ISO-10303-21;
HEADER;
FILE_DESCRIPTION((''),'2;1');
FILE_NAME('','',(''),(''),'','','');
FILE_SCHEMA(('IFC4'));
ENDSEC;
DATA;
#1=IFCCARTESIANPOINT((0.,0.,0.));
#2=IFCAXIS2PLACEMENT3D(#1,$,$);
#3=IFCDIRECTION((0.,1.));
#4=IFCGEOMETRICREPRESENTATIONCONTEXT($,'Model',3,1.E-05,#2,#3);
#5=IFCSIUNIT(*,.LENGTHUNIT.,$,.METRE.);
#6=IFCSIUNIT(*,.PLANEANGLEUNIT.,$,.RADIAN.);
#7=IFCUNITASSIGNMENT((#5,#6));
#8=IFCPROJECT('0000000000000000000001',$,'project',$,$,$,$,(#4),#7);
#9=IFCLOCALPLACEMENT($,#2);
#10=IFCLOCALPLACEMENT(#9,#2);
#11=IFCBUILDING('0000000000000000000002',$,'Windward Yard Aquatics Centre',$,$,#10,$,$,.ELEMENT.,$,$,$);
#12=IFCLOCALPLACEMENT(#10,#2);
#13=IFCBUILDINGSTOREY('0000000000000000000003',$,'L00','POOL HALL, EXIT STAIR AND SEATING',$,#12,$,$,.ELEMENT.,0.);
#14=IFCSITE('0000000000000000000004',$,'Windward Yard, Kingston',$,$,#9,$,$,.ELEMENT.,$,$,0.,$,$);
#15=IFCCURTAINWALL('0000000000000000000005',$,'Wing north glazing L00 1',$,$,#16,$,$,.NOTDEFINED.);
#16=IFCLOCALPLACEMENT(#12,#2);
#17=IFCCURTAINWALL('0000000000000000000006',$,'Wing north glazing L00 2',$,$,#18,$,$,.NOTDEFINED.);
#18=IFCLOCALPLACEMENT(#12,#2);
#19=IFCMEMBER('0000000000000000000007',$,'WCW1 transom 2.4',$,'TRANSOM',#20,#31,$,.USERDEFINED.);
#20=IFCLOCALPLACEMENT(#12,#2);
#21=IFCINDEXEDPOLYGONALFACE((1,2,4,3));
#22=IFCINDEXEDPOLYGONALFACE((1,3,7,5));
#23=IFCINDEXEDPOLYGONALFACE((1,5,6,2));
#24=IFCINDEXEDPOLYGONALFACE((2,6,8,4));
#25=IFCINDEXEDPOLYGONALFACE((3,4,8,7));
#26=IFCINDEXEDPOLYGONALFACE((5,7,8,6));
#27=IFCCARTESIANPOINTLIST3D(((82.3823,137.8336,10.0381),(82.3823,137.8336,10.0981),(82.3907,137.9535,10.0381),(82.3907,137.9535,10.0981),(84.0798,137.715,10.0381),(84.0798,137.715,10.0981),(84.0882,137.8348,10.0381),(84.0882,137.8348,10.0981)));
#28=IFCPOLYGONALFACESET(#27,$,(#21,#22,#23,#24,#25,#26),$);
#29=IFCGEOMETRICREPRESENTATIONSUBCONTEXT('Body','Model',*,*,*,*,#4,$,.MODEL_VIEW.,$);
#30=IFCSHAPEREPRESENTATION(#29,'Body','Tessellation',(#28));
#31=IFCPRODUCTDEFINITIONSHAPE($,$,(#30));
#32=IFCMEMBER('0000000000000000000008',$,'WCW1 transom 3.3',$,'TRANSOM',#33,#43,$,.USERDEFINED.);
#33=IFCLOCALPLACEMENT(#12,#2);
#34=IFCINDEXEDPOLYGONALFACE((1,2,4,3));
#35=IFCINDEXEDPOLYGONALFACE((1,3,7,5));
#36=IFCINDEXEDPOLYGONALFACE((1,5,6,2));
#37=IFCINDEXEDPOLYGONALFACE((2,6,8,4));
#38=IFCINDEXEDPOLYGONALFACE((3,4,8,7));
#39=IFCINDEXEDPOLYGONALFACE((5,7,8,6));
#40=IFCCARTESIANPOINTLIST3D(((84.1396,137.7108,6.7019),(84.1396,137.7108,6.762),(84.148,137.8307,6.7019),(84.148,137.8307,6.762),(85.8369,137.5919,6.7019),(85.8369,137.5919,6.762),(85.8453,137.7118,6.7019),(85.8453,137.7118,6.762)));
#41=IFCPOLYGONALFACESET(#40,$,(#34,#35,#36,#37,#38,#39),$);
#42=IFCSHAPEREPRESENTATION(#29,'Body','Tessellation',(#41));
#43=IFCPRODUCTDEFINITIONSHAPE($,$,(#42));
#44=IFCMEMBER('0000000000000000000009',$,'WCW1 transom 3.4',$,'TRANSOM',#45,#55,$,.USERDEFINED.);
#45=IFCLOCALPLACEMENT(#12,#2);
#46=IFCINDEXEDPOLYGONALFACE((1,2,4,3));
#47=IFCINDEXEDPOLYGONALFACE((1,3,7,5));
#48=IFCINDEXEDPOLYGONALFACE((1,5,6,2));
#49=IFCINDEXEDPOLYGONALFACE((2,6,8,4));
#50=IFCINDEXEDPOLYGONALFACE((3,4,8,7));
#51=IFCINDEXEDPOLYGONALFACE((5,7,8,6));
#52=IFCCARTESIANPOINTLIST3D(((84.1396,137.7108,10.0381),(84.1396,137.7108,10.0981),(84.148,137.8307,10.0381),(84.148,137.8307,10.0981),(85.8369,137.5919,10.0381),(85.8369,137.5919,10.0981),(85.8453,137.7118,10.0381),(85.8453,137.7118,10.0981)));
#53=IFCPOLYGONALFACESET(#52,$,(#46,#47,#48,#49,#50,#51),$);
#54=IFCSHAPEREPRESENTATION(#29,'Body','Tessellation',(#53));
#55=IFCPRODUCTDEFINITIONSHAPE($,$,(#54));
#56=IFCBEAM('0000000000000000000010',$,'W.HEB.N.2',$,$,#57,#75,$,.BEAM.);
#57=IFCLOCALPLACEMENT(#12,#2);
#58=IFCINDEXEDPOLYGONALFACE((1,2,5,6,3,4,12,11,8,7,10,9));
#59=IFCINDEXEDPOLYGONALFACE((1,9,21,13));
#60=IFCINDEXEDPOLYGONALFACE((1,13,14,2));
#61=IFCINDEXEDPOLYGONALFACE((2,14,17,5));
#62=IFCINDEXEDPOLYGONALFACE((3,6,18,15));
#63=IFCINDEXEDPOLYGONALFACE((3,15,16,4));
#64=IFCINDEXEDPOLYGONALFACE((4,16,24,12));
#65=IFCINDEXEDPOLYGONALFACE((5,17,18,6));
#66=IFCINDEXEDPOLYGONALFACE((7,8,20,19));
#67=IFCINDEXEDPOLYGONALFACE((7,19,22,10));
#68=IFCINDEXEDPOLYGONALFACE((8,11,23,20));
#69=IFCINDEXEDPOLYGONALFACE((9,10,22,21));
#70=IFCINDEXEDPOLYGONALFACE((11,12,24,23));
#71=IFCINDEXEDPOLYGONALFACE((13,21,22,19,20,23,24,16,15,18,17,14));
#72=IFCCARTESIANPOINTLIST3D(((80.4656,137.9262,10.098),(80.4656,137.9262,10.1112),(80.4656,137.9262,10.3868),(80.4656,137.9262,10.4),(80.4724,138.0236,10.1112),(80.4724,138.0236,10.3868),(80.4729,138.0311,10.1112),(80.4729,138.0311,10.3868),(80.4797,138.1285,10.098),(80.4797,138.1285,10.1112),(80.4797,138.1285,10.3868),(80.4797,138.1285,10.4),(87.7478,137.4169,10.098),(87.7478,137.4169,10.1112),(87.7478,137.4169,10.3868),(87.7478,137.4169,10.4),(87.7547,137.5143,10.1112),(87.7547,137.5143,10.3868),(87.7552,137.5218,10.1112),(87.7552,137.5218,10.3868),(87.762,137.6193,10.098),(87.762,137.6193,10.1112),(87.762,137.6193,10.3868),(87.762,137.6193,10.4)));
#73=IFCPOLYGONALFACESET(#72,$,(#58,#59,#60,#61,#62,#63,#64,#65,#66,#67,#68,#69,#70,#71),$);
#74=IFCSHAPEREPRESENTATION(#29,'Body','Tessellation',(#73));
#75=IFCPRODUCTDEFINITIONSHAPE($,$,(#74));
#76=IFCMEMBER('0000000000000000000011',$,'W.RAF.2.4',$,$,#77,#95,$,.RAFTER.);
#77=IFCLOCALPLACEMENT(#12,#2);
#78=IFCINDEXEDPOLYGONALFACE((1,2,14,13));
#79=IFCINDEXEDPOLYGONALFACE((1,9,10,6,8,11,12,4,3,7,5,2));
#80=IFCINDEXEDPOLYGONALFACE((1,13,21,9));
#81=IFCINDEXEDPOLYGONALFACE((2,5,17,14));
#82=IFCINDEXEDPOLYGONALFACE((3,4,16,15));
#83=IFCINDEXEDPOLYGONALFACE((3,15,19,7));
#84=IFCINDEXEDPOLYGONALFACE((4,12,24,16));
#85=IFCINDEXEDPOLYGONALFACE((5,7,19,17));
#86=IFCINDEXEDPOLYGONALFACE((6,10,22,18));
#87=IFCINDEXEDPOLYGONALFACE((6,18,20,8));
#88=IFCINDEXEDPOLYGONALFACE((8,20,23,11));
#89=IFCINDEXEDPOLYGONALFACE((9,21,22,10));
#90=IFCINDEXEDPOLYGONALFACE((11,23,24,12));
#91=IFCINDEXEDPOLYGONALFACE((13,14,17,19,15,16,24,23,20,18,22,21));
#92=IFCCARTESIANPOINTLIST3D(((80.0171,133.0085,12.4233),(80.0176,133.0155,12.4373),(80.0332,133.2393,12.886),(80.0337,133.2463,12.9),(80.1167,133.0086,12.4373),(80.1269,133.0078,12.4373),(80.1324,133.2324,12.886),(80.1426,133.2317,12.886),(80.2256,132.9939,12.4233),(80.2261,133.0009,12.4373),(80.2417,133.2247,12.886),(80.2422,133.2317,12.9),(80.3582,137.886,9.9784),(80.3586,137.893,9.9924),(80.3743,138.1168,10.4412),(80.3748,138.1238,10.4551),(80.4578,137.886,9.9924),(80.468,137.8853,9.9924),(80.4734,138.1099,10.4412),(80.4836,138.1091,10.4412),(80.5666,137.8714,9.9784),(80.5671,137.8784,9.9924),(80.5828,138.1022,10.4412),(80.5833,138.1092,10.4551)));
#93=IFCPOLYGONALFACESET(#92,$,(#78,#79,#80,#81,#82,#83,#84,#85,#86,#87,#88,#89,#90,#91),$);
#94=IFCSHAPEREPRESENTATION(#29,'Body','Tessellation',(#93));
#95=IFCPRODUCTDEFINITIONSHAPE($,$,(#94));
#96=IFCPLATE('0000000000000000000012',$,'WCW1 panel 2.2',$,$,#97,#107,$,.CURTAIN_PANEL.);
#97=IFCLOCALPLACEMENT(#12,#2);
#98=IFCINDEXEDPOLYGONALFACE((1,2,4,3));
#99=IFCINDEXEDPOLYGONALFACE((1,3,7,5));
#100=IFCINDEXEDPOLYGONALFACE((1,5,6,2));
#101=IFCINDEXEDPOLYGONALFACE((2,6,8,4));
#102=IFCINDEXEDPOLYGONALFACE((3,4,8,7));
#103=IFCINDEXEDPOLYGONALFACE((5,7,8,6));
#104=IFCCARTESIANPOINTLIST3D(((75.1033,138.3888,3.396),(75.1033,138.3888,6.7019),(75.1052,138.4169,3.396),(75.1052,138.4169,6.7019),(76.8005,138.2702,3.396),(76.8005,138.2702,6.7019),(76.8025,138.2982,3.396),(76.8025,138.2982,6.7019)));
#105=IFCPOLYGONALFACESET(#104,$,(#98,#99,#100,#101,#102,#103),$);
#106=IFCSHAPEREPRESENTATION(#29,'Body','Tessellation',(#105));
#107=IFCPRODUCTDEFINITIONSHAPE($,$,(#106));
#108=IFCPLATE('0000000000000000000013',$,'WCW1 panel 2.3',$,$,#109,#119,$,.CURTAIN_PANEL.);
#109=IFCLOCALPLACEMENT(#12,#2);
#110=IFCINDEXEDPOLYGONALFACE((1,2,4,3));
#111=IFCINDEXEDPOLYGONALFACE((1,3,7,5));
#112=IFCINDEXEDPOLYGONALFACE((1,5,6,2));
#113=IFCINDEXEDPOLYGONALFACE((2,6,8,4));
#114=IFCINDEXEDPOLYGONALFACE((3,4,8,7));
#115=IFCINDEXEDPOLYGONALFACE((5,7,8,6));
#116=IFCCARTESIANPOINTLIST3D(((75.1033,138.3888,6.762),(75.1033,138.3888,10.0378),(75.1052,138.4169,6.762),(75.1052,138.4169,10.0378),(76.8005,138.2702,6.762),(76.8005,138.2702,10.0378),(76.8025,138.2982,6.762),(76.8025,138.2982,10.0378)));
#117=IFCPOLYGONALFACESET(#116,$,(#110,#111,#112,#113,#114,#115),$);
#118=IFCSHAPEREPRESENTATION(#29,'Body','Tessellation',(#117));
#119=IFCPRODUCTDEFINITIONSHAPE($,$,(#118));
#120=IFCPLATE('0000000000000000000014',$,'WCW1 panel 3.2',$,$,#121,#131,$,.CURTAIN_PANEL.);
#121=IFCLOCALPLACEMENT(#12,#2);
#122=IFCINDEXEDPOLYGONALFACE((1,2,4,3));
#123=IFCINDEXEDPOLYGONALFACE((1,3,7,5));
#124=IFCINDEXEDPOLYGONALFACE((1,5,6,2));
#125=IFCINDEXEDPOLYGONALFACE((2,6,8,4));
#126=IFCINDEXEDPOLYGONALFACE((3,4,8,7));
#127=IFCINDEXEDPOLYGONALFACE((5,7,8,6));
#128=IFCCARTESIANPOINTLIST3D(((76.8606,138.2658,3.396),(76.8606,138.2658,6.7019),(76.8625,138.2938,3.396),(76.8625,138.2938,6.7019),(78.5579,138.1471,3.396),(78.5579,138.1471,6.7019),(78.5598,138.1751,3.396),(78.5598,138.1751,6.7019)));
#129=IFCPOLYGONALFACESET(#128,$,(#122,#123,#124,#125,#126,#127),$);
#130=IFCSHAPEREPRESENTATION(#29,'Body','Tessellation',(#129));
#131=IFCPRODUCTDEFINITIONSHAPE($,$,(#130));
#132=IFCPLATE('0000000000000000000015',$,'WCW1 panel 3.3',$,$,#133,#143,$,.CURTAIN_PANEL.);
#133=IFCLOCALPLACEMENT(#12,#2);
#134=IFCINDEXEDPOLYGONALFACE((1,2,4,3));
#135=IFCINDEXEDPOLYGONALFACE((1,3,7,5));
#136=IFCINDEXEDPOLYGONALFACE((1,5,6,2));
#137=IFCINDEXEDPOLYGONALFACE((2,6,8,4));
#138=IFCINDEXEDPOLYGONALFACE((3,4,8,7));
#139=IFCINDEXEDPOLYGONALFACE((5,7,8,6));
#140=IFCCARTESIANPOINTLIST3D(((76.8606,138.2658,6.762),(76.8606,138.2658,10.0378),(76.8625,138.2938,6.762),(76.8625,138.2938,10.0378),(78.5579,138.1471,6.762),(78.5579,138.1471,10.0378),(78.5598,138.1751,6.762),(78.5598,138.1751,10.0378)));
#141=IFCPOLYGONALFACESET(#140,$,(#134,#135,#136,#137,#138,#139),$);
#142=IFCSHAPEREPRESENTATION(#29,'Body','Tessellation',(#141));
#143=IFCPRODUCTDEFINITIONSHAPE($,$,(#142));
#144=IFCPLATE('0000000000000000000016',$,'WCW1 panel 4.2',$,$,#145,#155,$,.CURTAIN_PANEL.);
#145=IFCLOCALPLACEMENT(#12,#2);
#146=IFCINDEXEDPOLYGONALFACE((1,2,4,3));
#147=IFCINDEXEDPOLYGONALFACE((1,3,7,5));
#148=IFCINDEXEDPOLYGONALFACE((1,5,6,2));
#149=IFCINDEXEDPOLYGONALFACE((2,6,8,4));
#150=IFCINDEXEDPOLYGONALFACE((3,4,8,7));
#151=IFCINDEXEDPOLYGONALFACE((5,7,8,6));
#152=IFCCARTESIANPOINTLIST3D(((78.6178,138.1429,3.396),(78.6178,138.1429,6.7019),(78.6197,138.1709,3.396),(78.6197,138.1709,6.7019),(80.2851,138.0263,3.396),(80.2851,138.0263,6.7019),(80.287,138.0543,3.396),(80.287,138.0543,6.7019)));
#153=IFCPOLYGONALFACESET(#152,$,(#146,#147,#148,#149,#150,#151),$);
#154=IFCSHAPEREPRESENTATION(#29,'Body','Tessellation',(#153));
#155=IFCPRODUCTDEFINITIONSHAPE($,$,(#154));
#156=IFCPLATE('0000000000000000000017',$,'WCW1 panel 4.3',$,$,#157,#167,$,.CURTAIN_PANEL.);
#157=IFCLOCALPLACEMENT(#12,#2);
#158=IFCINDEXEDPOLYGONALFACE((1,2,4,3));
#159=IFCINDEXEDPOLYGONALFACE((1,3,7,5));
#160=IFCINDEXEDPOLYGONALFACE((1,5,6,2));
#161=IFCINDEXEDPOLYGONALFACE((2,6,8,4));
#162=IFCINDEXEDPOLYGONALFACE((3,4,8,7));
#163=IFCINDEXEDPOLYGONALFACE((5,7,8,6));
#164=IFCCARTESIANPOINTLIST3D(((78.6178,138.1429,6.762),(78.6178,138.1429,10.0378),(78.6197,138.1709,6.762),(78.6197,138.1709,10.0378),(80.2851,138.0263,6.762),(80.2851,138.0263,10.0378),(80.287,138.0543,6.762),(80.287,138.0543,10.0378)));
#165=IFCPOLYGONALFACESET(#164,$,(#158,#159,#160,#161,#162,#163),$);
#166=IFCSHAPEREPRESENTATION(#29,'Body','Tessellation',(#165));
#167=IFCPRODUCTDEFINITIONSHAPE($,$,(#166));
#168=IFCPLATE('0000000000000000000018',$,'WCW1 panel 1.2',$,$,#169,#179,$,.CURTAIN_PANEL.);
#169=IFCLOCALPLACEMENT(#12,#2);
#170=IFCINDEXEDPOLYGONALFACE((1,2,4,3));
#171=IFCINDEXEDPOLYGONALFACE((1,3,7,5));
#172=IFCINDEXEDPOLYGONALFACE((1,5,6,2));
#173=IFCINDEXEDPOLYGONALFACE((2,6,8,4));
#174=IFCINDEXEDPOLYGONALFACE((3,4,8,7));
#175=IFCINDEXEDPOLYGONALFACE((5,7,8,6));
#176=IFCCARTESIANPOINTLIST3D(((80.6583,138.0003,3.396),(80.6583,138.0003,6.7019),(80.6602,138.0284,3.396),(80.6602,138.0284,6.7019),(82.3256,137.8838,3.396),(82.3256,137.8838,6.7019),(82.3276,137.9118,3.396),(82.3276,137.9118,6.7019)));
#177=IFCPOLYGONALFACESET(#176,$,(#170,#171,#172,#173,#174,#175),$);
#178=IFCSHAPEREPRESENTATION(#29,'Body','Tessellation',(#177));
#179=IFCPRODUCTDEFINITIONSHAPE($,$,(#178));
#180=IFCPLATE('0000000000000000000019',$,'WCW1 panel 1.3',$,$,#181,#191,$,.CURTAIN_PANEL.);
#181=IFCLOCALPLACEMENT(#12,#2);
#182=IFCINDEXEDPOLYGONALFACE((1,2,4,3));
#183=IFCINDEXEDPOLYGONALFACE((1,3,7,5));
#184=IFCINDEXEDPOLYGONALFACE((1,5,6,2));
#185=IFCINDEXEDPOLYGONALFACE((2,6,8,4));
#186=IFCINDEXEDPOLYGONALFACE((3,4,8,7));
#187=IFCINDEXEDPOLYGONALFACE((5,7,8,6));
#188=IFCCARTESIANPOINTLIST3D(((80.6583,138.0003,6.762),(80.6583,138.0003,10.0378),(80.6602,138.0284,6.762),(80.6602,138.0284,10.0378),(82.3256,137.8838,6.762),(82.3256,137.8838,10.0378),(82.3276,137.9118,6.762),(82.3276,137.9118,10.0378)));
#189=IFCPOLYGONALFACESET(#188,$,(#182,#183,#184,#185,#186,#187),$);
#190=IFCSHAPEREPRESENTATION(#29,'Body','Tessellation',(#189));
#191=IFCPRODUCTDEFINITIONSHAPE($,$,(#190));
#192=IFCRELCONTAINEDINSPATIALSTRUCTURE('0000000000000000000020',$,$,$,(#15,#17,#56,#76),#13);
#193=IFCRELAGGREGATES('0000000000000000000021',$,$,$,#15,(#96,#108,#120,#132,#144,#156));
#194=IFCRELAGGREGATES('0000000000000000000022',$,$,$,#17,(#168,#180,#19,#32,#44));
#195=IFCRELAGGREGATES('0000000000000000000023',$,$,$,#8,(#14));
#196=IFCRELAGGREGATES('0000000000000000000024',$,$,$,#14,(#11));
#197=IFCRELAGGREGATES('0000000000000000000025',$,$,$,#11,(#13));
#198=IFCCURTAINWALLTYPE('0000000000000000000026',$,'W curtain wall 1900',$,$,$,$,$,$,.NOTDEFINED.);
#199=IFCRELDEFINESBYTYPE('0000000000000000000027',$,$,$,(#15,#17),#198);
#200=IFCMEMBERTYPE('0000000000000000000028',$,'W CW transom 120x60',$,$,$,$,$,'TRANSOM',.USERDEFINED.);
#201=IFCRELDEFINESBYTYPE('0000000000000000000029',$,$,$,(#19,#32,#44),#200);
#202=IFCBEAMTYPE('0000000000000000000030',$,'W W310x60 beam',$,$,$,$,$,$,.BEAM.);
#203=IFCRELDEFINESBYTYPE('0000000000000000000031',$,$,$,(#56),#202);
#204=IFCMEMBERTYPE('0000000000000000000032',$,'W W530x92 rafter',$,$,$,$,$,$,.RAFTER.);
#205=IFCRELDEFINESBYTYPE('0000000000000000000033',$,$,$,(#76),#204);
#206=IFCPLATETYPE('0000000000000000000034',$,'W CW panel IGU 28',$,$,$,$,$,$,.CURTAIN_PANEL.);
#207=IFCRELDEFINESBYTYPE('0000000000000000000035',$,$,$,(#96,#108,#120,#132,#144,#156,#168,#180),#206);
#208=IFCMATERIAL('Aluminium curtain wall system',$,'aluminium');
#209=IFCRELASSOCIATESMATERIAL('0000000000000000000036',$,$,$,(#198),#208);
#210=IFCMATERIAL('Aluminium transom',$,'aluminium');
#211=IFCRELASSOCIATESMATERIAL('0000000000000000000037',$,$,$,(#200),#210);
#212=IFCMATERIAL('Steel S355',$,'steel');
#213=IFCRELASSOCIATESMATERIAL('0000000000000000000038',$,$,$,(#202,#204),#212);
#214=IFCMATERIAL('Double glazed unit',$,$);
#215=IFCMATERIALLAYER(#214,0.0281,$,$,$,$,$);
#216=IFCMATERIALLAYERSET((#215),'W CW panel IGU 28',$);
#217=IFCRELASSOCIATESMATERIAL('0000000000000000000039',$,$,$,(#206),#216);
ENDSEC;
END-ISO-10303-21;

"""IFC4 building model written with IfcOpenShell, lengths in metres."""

from ifc_helpers import new_model, si_unit, direction, frame, origin, origin_2d, place, context, subcontext, project, spatial, rectangle, i_section, extrude, material, layer, layer_set, material_profile, profile_set, type_object, element, aggregate, save


model = new_model("IFC4")

# Units and contexts
model_context = context("Model", 3, precision=1e-05, world=origin(), true_north=direction((0.0, 1.0)))
body_context = subcontext(model_context, "Body", "Model", "MODEL_VIEW")
ifc_project = project(units=[si_unit("LENGTHUNIT", "METRE"), si_unit("PLANEANGLEUNIT", "RADIAN")], contexts=[model_context])

# Site, building, storey
site_placement = place(None, origin())
site = spatial("IfcSite", under=ifc_project, at=site_placement, Name="Windward Yard, Kingston", CompositionType="ELEMENT", RefElevation=0.0)
building_placement = place(site_placement, origin())
building = spatial("IfcBuilding", under=site, at=building_placement, Name="Windward Yard Aquatics Centre", CompositionType="ELEMENT")
storey_placement = place(building_placement, origin())
storey = spatial("IfcBuildingStorey", under=building, at=storey_placement, Name="L00", Description="POOL HALL, EXIT STAIR AND SEATING", CompositionType="ELEMENT", Elevation=0.0)

# Shared definitions
ifc_material_1 = material(Name="Steel S355", Category="steel")

# Curtain walls, members
ifc_material_2 = material(Name="Aluminium curtain wall system", Category="aluminium")
curtain_wall_type = type_object("IfcCurtainWallType", Name="W curtain wall 1900", PredefinedType="NOTDEFINED", material=ifc_material_2)
curtain_wall_1_placement = place(storey_placement, origin())
curtain_wall_1 = element("IfcCurtainWall", 1, at=curtain_wall_1_placement, inside=storey, type_object=curtain_wall_type, Name="Wing north glazing L00 1", PredefinedType="NOTDEFINED")
ifc_material_3 = material(Name="Aluminium transom", Category="aluminium")
ifc_material_profile_1 = material_profile(ifc_material_3, rectangle(XDim=0.1201, YDim=0.0601, at=origin_2d()), Name="AL 120x60")
ifc_profile_set_1 = profile_set([ifc_material_profile_1], Name="Aluminium transom")
member_type_1 = type_object("IfcMemberType", Name="W CW transom 120x60", ElementType="TRANSOM", PredefinedType="USERDEFINED", material=ifc_profile_set_1)
curtain_wall_2_placement = place(storey_placement, origin())
curtain_wall_2 = element("IfcCurtainWall", 2, at=curtain_wall_2_placement, inside=storey, type_object=curtain_wall_type, Name="Wing north glazing L00 2", PredefinedType="NOTDEFINED")
member_1_placement = place(storey_placement, frame((82.3865, 137.8936, 10.0681), z_axis=(0.997566, -0.069728, 0.0), x_axis=(0.069728, 0.997566, 0.0)))
member_1 = element("IfcMember", 3, at=member_1_placement, type_object=member_type_1, Name="WCW1 transom 2.4", ObjectType="TRANSOM", PredefinedType="USERDEFINED", context=body_context, shape_type="SweptSolid", body=[
    extrude(rectangle(XDim=0.1201, YDim=0.0601, at=origin_2d()), origin(), (0.0, 0.0, 1.0), 1.7017),
])
member_2_placement = place(storey_placement, frame((84.1438, 137.7708, 6.7319), z_axis=(0.997555, -0.069881, 0.0), x_axis=(0.069881, 0.997555, 0.0)))
member_2 = element("IfcMember", 4, at=member_2_placement, type_object=member_type_1, Name="WCW1 transom 3.3", ObjectType="TRANSOM", PredefinedType="USERDEFINED", context=body_context, shape_type="SweptSolid", body=[
    extrude(rectangle(XDim=0.1201, YDim=0.0601, at=origin_2d()), origin(), (0.0, 0.0, 1.0), 1.7014),
])
member_3_placement = place(storey_placement, frame((84.1438, 137.7708, 10.0681), z_axis=(0.997555, -0.069881, 0.0), x_axis=(0.069881, 0.997555, 0.0)))
member_3 = element("IfcMember", 5, at=member_3_placement, type_object=member_type_1, Name="WCW1 transom 3.4", ObjectType="TRANSOM", PredefinedType="USERDEFINED", context=body_context, shape_type="SweptSolid", body=[
    extrude(rectangle(XDim=0.1201, YDim=0.0601, at=origin_2d()), origin(), (0.0, 0.0, 1.0), 1.7014),
])

# Beam
ifc_material_profile_2 = material_profile(ifc_material_1, i_section(OverallWidth=0.2029, OverallDepth=0.302, WebThickness=0.0076, FlangeThickness=0.0132, at=origin_2d()), Name="W310x60")
ifc_profile_set_2 = profile_set([ifc_material_profile_2], Name="Steel S355")
beam_type = type_object("IfcBeamType", Name="W W310x60 beam", PredefinedType="BEAM", material=ifc_profile_set_2)
beam_placement = place(storey_placement, frame((80.4727, 138.0273, 10.249), z_axis=(0.997564, -0.069764, 0.0), x_axis=(0.069764, 0.997564, 0.0)))
element("IfcBeam", 6, at=beam_placement, inside=storey, type_object=beam_type, Name="W.HEB.N.2", PredefinedType="BEAM", context=body_context, shape_type="SweptSolid", body=[
    extrude(i_section(OverallWidth=0.2029, OverallDepth=0.302, WebThickness=0.0076, FlangeThickness=0.0132, at=origin_2d()), origin(), (0.0, 0.0, 1.0), 7.3),
])

# Member
ifc_material_profile_3 = material_profile(ifc_material_1, i_section(OverallWidth=0.209, OverallDepth=0.533, WebThickness=0.0103, FlangeThickness=0.0156, at=origin_2d()), Name="W530x92")
ifc_profile_set_3 = profile_set([ifc_material_profile_3], Name="Steel S355")
member_type_2 = type_object("IfcMemberType", Name="W W530x92 rafter", PredefinedType="RAFTER", material=ifc_profile_set_3)
member_4_placement = place(storey_placement, frame((80.1296, 133.1201, 12.6616), z_axis=(0.062391, 0.892238, -0.447235), x_axis=(-0.997564, 0.069757, 0.0)))
element("IfcMember", 7, at=member_4_placement, inside=storey, type_object=member_type_2, Name="W.RAF.2.4", PredefinedType="RAFTER", context=body_context, shape_type="SweptSolid", body=[
    extrude(i_section(OverallWidth=0.209, OverallDepth=0.533, WebThickness=0.0103, FlangeThickness=0.0156, at=origin_2d()), origin(), (0.0, 0.0, 1.0), 5.4666),
])

# Plates
ifc_material_4 = material(Name="Double glazed unit")
ifc_layer_1 = layer(ifc_material_4, 0.0281)
ifc_layer_set_1 = layer_set([ifc_layer_1], Name="W CW panel IGU 28")
plate_type_1 = type_object("IfcPlateType", Name="W CW panel IGU 28", PredefinedType="CURTAIN_PANEL", material=ifc_layer_set_1)
plate_1_placement = place(storey_placement, frame((75.9529, 138.3435, 3.396), z_axis=(0.0, 0.0, 1.0), x_axis=(0.997564, -0.069756, 0.0)))
plate_1 = element("IfcPlate", 8, at=plate_1_placement, type_object=plate_type_1, Name="WCW1 panel 2.2", PredefinedType="CURTAIN_PANEL", context=body_context, shape_type="SweptSolid", body=[
    extrude(rectangle(XDim=1.7014, YDim=0.0281, at=origin_2d()), origin(), (0.0, 0.0, 1.0), 3.3059),
])
plate_2_placement = place(storey_placement, frame((75.9529, 138.3435, 6.762), z_axis=(0.0, 0.0, 1.0), x_axis=(0.997564, -0.069756, 0.0)))
plate_2 = element("IfcPlate", 9, at=plate_2_placement, type_object=plate_type_1, Name="WCW1 panel 2.3", PredefinedType="CURTAIN_PANEL", context=body_context, shape_type="SweptSolid", body=[
    extrude(rectangle(XDim=1.7014, YDim=0.0281, at=origin_2d()), origin(), (0.0, 0.0, 1.0), 3.2759),
])
plate_3_placement = place(storey_placement, frame((77.7102, 138.2205, 3.396), z_axis=(0.0, 0.0, 1.0), x_axis=(0.997564, -0.069756, 0.0)))
plate_3 = element("IfcPlate", 10, at=plate_3_placement, type_object=plate_type_1, Name="WCW1 panel 3.2", PredefinedType="CURTAIN_PANEL", context=body_context, shape_type="SweptSolid", body=[
    extrude(rectangle(XDim=1.7014, YDim=0.0281, at=origin_2d()), origin(), (0.0, 0.0, 1.0), 3.3059),
])
plate_4_placement = place(storey_placement, frame((77.7102, 138.2205, 6.762), z_axis=(0.0, 0.0, 1.0), x_axis=(0.997564, -0.069756, 0.0)))
plate_4 = element("IfcPlate", 11, at=plate_4_placement, type_object=plate_type_1, Name="WCW1 panel 3.3", PredefinedType="CURTAIN_PANEL", context=body_context, shape_type="SweptSolid", body=[
    extrude(rectangle(XDim=1.7014, YDim=0.0281, at=origin_2d()), origin(), (0.0, 0.0, 1.0), 3.2759),
])
plate_5_placement = place(storey_placement, frame((79.4524, 138.0986, 3.396), z_axis=(0.0, 0.0, 1.0), x_axis=(0.997564, -0.069756, 0.0)))
plate_5 = element("IfcPlate", 12, at=plate_5_placement, type_object=plate_type_1, Name="WCW1 panel 4.2", PredefinedType="CURTAIN_PANEL", context=body_context, shape_type="SweptSolid", body=[
    extrude(rectangle(XDim=1.6714, YDim=0.0281, at=origin_2d()), origin(), (0.0, 0.0, 1.0), 3.3059),
])
plate_6_placement = place(storey_placement, frame((79.4524, 138.0986, 6.762), z_axis=(0.0, 0.0, 1.0), x_axis=(0.997564, -0.069756, 0.0)))
plate_6 = element("IfcPlate", 13, at=plate_6_placement, type_object=plate_type_1, Name="WCW1 panel 4.3", PredefinedType="CURTAIN_PANEL", context=body_context, shape_type="SweptSolid", body=[
    extrude(rectangle(XDim=1.6714, YDim=0.0281, at=origin_2d()), origin(), (0.0, 0.0, 1.0), 3.2759),
])
aggregate(curtain_wall_1, [plate_1, plate_2, plate_3, plate_4, plate_5, plate_6])
plate_7_placement = place(storey_placement, frame((81.4929, 137.9561, 3.396), z_axis=(0.0, 0.0, 1.0), x_axis=(0.997564, -0.069756, 0.0)))
plate_7 = element("IfcPlate", 14, at=plate_7_placement, type_object=plate_type_1, Name="WCW1 panel 1.2", PredefinedType="CURTAIN_PANEL", context=body_context, shape_type="SweptSolid", body=[
    extrude(rectangle(XDim=1.6714, YDim=0.0281, at=origin_2d()), origin(), (0.0, 0.0, 1.0), 3.3059),
])
plate_8_placement = place(storey_placement, frame((81.4929, 137.9561, 6.762), z_axis=(0.0, 0.0, 1.0), x_axis=(0.997564, -0.069756, 0.0)))
plate_8 = element("IfcPlate", 15, at=plate_8_placement, type_object=plate_type_1, Name="WCW1 panel 1.3", PredefinedType="CURTAIN_PANEL", context=body_context, shape_type="SweptSolid", body=[
    extrude(rectangle(XDim=1.6714, YDim=0.0281, at=origin_2d()), origin(), (0.0, 0.0, 1.0), 3.2759),
])
aggregate(curtain_wall_2, [plate_7, plate_8, member_1, member_2, member_3])

save(model, "model.ifc")
